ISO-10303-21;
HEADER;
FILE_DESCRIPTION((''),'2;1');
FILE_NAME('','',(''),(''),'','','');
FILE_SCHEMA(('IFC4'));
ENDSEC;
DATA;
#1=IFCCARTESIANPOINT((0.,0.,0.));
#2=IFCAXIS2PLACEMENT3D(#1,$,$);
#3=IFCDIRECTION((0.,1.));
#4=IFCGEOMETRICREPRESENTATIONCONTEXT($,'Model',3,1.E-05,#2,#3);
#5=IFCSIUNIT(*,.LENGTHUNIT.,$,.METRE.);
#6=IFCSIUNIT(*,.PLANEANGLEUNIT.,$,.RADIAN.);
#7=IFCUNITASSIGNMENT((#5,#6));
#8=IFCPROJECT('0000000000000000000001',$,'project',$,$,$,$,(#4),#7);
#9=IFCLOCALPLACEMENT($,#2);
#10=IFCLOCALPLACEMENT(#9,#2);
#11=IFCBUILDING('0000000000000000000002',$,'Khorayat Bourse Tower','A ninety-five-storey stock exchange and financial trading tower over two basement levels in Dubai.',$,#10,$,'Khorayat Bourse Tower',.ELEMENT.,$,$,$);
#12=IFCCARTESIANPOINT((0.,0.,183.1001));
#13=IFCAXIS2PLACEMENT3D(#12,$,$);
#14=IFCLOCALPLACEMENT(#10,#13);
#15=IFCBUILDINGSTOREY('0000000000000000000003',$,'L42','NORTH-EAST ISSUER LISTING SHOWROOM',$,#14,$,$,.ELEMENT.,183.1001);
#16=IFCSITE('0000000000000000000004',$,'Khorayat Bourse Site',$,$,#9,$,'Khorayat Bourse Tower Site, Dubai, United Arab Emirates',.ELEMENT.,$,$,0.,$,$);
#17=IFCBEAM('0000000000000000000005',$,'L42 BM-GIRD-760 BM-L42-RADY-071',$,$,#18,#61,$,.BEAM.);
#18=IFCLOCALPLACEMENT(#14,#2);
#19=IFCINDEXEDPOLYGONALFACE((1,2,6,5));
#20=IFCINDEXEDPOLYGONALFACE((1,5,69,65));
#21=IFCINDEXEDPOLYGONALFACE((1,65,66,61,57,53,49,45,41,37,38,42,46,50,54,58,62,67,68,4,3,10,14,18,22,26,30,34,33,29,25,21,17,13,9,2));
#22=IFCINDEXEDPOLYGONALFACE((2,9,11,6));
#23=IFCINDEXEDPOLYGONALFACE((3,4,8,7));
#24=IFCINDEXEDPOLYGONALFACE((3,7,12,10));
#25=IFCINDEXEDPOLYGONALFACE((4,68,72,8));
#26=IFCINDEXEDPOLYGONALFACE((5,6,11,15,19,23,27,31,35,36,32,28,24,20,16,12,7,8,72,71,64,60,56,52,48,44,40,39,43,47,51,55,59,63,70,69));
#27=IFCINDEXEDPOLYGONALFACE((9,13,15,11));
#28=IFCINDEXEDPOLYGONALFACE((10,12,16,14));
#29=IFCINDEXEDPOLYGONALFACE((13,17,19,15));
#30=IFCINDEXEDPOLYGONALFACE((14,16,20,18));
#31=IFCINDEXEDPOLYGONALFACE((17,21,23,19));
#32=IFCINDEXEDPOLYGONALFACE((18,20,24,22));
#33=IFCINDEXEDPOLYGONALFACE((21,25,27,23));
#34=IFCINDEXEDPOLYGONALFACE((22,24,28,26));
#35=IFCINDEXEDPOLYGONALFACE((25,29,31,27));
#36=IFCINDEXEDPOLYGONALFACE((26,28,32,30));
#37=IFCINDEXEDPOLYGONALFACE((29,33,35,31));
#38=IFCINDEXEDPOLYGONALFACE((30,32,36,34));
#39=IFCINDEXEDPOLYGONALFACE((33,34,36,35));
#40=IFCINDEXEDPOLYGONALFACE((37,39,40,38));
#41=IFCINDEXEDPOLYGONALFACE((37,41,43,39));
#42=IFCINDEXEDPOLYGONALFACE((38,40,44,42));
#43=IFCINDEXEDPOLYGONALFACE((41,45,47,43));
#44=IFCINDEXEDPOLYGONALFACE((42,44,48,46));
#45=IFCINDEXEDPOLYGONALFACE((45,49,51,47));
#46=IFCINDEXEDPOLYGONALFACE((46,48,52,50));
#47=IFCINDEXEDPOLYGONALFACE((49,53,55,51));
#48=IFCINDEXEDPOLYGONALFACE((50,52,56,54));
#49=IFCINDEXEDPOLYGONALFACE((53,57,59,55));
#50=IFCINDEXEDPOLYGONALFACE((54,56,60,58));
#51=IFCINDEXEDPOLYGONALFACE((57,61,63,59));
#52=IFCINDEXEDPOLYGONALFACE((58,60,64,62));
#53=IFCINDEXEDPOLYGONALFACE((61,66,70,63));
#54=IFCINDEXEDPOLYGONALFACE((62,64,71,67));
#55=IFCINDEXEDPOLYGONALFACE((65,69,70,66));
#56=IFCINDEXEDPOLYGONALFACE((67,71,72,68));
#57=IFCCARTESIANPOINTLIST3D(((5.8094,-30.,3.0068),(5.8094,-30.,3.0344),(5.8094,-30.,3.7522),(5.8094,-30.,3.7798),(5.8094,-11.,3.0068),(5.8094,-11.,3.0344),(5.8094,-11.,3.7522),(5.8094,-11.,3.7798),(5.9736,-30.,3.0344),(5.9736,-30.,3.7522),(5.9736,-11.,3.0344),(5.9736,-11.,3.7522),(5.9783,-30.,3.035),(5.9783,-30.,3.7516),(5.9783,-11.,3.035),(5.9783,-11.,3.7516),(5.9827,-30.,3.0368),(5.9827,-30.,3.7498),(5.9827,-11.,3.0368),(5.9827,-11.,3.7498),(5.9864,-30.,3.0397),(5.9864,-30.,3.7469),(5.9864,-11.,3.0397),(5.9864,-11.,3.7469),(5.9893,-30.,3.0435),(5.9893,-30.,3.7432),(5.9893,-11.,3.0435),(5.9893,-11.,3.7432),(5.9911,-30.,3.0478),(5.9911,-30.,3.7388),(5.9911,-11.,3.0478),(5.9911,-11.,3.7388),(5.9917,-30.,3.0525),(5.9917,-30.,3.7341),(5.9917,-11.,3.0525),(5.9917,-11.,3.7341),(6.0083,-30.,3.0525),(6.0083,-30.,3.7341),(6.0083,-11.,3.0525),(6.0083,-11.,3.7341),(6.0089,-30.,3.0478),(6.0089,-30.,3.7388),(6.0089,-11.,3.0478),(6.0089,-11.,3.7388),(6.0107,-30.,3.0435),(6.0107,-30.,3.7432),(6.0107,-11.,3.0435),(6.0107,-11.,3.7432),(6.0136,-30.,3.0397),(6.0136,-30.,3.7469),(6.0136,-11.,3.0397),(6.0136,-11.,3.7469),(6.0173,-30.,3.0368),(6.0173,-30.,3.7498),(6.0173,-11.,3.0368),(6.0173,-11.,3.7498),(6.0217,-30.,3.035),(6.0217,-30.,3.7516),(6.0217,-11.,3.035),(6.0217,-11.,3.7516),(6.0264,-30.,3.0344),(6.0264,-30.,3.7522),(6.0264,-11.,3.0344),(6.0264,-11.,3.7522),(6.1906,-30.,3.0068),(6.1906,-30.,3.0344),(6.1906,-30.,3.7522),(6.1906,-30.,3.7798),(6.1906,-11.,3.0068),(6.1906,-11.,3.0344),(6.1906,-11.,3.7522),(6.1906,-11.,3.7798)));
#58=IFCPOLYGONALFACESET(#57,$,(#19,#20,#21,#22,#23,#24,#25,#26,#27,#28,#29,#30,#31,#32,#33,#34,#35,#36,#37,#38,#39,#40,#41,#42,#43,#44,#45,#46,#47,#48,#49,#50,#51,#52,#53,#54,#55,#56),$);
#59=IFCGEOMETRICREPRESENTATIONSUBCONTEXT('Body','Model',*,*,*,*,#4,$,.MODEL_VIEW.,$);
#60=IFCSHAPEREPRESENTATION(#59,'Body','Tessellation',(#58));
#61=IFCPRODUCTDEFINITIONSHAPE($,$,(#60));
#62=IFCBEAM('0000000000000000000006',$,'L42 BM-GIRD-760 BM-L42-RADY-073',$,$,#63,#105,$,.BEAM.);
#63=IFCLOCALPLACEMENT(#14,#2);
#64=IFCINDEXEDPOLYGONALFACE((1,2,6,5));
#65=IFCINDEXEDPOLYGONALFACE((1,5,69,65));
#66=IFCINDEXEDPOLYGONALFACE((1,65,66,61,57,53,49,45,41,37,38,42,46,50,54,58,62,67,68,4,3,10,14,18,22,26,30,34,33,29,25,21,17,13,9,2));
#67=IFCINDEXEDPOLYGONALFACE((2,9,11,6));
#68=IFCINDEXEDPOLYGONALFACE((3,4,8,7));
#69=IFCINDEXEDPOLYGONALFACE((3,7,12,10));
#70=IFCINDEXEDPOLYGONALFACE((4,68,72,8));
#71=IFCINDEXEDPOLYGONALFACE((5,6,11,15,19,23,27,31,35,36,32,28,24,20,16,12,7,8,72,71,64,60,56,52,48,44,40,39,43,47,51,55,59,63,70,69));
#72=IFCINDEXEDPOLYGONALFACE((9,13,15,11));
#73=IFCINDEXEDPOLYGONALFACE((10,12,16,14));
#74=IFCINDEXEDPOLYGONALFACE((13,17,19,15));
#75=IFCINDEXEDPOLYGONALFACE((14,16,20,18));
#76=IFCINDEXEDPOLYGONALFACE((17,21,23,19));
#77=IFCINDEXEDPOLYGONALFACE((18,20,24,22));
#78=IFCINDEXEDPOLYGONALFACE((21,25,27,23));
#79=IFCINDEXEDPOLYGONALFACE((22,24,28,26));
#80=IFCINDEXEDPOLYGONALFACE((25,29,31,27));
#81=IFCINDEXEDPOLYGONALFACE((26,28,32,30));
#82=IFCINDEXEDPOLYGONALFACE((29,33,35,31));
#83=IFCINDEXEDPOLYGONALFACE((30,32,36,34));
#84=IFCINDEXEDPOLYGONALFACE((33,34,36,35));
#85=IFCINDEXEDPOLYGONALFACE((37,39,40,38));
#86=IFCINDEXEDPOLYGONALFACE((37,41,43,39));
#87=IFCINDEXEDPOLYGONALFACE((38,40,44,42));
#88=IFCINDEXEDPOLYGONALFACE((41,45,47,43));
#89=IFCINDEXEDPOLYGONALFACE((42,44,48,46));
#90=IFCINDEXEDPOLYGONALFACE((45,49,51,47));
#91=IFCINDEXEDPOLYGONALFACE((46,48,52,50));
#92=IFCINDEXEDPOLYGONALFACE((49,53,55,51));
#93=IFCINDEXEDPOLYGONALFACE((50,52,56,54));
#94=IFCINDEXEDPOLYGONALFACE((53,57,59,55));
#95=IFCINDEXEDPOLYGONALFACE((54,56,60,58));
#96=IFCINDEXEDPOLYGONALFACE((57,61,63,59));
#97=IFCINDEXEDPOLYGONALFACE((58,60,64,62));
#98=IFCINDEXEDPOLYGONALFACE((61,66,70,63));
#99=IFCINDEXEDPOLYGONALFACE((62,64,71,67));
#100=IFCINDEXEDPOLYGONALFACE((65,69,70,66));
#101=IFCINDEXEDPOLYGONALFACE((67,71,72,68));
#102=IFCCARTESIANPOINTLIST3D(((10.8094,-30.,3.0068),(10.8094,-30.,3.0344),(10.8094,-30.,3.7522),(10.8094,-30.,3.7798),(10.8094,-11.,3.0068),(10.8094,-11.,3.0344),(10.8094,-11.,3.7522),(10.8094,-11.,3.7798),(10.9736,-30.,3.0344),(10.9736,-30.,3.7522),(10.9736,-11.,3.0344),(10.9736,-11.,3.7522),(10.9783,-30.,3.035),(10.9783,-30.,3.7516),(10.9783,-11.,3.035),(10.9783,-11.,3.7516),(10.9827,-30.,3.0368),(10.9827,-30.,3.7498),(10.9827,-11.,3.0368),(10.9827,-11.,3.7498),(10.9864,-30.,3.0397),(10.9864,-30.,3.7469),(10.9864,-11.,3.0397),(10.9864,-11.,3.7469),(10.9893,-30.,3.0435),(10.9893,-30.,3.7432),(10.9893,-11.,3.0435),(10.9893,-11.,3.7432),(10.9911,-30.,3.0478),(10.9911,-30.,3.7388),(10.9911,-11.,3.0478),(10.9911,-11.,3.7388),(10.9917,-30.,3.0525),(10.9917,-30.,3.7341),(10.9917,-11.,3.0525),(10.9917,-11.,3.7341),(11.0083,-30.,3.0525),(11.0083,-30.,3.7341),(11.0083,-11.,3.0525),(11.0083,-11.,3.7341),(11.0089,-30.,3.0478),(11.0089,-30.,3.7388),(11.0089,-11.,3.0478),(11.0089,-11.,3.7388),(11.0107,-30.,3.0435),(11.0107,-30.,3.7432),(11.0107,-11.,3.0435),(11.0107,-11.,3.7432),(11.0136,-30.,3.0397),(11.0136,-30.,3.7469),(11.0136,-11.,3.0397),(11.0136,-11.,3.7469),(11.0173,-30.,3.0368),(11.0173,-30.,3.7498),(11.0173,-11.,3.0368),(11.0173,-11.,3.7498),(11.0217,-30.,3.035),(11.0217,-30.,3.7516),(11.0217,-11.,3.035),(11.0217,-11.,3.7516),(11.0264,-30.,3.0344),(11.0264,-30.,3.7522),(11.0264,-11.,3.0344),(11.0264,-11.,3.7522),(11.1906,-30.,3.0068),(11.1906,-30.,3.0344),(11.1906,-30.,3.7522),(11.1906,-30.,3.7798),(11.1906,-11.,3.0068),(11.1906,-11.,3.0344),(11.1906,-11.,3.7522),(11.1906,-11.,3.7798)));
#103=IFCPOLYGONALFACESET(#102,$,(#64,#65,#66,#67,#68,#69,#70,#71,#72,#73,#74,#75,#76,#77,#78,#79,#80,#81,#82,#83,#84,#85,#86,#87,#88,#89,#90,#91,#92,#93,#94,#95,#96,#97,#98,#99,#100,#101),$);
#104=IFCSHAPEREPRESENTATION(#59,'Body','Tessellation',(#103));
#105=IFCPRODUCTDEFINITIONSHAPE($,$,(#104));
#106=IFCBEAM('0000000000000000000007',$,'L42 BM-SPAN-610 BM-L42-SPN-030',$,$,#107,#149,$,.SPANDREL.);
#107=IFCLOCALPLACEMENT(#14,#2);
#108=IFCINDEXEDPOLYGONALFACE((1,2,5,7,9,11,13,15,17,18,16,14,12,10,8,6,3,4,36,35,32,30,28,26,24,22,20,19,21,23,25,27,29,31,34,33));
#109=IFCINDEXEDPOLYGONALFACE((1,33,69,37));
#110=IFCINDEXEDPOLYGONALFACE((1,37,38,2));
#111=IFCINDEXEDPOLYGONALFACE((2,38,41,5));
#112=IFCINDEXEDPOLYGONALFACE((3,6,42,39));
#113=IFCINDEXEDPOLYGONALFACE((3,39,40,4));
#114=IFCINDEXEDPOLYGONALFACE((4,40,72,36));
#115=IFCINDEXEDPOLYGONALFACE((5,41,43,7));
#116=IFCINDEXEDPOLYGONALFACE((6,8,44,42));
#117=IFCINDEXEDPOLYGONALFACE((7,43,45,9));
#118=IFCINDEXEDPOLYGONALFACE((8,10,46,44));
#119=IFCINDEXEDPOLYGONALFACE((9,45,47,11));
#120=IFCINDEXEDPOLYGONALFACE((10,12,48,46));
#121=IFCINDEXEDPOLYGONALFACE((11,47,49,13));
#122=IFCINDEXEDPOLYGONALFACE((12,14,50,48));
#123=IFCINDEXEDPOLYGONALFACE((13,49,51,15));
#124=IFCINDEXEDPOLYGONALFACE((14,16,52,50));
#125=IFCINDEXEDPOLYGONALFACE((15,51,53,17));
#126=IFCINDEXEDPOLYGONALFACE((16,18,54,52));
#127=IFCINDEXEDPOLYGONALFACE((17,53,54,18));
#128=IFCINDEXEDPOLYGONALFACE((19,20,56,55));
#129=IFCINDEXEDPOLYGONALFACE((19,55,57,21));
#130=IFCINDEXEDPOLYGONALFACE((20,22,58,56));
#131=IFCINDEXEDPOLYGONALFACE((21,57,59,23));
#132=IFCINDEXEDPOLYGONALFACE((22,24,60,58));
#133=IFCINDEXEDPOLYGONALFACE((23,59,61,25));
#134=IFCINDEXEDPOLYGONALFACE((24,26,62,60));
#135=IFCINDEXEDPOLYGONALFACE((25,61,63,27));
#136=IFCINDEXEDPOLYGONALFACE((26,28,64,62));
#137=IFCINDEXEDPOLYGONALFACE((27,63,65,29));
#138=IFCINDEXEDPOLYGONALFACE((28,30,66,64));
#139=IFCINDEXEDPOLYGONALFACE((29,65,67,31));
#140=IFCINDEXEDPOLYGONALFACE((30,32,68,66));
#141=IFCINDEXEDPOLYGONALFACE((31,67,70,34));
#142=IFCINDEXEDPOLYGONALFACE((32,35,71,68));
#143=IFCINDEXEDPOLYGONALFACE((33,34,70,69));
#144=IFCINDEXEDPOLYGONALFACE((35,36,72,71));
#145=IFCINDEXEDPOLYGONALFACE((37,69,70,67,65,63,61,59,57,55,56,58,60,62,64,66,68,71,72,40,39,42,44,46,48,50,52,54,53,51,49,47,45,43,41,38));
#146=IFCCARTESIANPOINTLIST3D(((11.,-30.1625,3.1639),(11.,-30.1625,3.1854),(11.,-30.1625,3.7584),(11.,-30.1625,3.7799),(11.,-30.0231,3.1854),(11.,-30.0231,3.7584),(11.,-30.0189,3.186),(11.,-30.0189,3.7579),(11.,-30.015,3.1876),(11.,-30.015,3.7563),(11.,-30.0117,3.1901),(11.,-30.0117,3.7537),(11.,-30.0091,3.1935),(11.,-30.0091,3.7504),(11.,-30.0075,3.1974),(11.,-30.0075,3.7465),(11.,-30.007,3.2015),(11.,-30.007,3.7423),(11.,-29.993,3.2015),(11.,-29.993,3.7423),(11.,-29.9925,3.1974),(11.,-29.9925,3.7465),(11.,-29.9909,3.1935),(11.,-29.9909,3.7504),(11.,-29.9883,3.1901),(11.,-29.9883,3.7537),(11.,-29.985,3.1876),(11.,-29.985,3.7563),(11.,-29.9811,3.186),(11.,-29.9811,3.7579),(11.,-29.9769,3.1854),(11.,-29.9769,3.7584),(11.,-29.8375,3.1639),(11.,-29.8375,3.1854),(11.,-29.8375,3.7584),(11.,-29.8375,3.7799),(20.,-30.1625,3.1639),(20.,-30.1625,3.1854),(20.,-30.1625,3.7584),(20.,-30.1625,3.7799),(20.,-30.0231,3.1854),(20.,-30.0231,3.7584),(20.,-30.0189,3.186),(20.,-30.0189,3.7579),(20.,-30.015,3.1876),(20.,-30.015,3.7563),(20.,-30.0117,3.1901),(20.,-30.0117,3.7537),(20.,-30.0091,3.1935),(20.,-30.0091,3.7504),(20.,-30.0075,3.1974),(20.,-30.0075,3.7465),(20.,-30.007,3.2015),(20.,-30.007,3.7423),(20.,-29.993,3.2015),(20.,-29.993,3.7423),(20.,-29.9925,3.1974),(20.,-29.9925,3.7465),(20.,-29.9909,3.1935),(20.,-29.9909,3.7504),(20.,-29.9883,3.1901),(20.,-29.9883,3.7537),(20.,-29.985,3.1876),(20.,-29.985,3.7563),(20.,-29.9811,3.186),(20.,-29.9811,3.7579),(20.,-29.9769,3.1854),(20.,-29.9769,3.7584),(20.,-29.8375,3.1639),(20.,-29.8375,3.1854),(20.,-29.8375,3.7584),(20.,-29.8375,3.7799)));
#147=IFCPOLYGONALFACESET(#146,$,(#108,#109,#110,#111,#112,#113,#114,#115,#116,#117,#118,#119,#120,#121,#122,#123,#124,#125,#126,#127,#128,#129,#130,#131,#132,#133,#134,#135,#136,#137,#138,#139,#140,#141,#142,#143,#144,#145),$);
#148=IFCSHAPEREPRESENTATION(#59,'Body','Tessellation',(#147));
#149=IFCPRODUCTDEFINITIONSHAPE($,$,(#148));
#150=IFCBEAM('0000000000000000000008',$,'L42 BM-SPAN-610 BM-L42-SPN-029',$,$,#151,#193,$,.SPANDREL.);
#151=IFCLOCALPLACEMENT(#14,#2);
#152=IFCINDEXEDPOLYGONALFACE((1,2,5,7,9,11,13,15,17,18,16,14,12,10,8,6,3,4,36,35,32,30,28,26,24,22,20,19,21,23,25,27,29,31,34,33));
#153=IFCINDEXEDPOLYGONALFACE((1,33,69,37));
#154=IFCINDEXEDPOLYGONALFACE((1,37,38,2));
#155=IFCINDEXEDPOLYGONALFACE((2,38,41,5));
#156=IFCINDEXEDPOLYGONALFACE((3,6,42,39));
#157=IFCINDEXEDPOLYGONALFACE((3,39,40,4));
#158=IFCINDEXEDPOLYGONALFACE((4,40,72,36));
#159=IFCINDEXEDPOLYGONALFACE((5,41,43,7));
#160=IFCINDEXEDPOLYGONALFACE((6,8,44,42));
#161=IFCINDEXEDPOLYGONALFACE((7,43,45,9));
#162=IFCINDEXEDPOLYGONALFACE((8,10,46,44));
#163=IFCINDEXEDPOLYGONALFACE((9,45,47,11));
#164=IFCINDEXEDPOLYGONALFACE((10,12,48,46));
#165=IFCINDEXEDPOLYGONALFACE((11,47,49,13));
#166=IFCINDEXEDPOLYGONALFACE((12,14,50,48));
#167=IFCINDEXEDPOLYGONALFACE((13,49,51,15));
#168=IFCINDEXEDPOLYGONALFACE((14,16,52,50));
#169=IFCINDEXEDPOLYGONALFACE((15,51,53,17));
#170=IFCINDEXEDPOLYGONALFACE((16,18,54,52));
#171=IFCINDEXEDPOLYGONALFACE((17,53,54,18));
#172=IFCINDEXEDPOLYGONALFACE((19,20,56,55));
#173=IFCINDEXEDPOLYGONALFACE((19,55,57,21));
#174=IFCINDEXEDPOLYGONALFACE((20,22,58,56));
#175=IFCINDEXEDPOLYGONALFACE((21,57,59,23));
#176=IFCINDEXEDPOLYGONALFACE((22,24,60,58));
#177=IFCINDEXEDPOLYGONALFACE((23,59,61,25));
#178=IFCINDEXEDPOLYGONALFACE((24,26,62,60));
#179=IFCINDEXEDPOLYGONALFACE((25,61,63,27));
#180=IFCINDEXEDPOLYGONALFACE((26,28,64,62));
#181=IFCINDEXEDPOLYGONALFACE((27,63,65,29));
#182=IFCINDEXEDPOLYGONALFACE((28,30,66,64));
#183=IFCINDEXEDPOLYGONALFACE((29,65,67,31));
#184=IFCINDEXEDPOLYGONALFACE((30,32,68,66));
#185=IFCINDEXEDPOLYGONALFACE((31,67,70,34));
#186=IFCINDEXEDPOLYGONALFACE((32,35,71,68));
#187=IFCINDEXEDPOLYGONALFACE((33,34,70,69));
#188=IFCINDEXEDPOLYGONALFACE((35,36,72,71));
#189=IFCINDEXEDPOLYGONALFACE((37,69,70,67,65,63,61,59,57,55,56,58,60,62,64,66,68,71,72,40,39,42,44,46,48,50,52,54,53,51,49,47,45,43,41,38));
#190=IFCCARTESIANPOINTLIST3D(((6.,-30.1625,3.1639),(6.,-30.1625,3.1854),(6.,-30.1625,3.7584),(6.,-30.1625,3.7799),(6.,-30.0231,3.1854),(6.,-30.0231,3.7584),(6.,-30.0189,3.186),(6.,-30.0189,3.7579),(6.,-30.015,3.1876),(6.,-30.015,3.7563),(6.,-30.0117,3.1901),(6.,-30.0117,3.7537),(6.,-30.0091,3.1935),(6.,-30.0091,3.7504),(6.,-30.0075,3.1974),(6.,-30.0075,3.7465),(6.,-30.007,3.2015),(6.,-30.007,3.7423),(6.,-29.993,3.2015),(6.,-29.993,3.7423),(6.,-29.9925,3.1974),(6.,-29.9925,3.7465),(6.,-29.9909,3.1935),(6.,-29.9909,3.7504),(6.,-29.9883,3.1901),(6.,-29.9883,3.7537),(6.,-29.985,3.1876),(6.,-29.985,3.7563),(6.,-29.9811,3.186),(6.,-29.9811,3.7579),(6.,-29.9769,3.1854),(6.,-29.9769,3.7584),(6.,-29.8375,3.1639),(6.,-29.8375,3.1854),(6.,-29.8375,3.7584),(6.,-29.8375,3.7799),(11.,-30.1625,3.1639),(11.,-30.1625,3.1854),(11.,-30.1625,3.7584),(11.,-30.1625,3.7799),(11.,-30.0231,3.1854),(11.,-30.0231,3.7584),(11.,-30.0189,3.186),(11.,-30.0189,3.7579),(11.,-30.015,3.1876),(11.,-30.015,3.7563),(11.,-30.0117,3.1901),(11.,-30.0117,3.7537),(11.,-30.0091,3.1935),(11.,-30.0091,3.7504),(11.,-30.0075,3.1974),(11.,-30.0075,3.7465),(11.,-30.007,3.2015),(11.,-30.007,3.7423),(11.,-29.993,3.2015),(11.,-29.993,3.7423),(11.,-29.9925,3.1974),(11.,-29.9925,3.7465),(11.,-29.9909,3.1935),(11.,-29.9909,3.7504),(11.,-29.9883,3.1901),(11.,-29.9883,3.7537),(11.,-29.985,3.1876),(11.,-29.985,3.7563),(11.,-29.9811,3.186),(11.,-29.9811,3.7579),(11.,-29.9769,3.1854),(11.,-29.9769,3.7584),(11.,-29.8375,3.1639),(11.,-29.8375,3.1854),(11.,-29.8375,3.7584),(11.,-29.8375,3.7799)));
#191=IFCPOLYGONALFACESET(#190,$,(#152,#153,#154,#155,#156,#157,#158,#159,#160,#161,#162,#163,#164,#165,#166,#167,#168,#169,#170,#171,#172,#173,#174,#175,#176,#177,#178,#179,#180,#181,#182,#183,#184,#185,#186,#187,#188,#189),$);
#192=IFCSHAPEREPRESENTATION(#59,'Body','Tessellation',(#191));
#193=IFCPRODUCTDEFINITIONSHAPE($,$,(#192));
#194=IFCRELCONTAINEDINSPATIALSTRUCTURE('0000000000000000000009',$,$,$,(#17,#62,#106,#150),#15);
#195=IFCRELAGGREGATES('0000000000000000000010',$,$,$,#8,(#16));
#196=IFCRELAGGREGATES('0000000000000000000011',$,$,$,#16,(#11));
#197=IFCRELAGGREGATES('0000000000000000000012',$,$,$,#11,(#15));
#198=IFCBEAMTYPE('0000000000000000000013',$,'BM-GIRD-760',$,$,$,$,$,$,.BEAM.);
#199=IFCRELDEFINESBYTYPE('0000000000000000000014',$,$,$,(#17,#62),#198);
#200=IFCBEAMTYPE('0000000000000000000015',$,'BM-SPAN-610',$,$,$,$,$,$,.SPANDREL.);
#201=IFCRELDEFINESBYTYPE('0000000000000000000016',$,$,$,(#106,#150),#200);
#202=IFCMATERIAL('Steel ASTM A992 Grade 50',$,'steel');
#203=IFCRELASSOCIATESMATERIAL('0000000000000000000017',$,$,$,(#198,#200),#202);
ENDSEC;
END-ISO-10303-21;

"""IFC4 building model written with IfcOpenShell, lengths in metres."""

from ifc_helpers import new_model, si_unit, direction, frame, origin, origin_2d, place, context, subcontext, project, spatial, i_section, extrude, source, transform, mapped, material, material_profile, profile_set, type_object, element, save


model = new_model("IFC4")

# Units and contexts
model_context = context("Model", 3, precision=1e-05, world=origin(), true_north=direction((0.0, 1.0)))
body_context = subcontext(model_context, "Body", "Model", "MODEL_VIEW")
ifc_project = project(units=[si_unit("LENGTHUNIT", "METRE"), si_unit("PLANEANGLEUNIT", "RADIAN")], contexts=[model_context])

# Site, building, storey
site_placement = place(None, origin())
site = spatial("IfcSite", under=ifc_project, at=site_placement, Name="Khorayat Bourse Site", LongName="Khorayat Bourse Tower Site, Dubai, United Arab Emirates", CompositionType="ELEMENT", RefElevation=0.0)
building_placement = place(site_placement, origin())
building = spatial("IfcBuilding", under=site, at=building_placement, Name="Khorayat Bourse Tower", Description="A ninety-five-storey stock exchange and financial trading tower over two basement levels in Dubai.", LongName="Khorayat Bourse Tower", CompositionType="ELEMENT")
storey_placement = place(building_placement, frame((0.0, 0.0, 183.1001)))
storey = spatial("IfcBuildingStorey", under=building, at=storey_placement, Name="L42", Description="NORTH-EAST ISSUER LISTING SHOWROOM", CompositionType="ELEMENT", Elevation=183.1001)

# Beams
ifc_material_1 = material(Name="Steel ASTM A992 Grade 50", Category="steel")
ifc_material_profile_1 = material_profile(ifc_material_1, i_section(OverallWidth=0.3811, OverallDepth=0.7729, WebThickness=0.0166, FlangeThickness=0.0276, FilletRadius=0.0181, at=origin_2d()), Name="W760X257")
ifc_profile_set_1 = profile_set([ifc_material_profile_1], Name="Steel ASTM A992 Grade 50")
beam_type_1 = type_object("IfcBeamType", Name="BM-GIRD-760", PredefinedType="BEAM", material=ifc_profile_set_1)
shared_shape_1 = source(origin(), body_context, "Body", "SweptSolid", [
    extrude(i_section(OverallWidth=0.3811, OverallDepth=0.7729, WebThickness=0.0166, FlangeThickness=0.0276, FilletRadius=0.0181, at=origin_2d()), origin(), (0.0, 0.0, 1.0), 19.0),
])
for number, where, z_axis, x_axis, name in (
    (1, (6.0, -30.0, 3.3933), (0.0, 1.0, 0.0), (-1.0, 0.0, 0.0), "L42 BM-GIRD-760 BM-L42-RADY-071"),
    (2, (11.0, -30.0, 3.3933), (0.0, 1.0, 0.0), (-1.0, 0.0, 0.0), "L42 BM-GIRD-760 BM-L42-RADY-073"),
):
    element("IfcBeam", number, at=place(storey_placement, frame(where, z_axis=z_axis, x_axis=x_axis)), inside=storey, type_object=beam_type_1, Name=name, PredefinedType="BEAM", context=body_context, shape_type="MappedRepresentation", body=[
        mapped(shared_shape_1, transform((0.0, 0.0, 0.0), scale=1.0)),
    ])
ifc_material_profile_2 = material_profile(ifc_material_1, i_section(OverallWidth=0.325, OverallDepth=0.616, WebThickness=0.0139, FlangeThickness=0.0215, FilletRadius=0.0161, at=origin_2d()), Name="W610X174")
ifc_profile_set_2 = profile_set([ifc_material_profile_2], Name="Steel ASTM A992 Grade 50")
beam_type_2 = type_object("IfcBeamType", Name="BM-SPAN-610", PredefinedType="SPANDREL", material=ifc_profile_set_2)
shared_shape_2 = source(origin(), body_context, "Body", "SweptSolid", [
    extrude(i_section(OverallWidth=0.325, OverallDepth=0.616, WebThickness=0.0139, FlangeThickness=0.0215, FilletRadius=0.0161, at=origin_2d()), origin(), (0.0, 0.0, 1.0), 9.0),
])
beam_1_placement = place(storey_placement, frame((11.0, -30.0, 3.4719), z_axis=(1.0, 0.0, 0.0), x_axis=(0.0, 1.0, 0.0)))
element("IfcBeam", 3, at=beam_1_placement, inside=storey, type_object=beam_type_2, Name="L42 BM-SPAN-610 BM-L42-SPN-030", PredefinedType="SPANDREL", context=body_context, shape_type="MappedRepresentation", body=[
    mapped(shared_shape_2, transform((0.0, 0.0, 0.0), scale=1.0)),
])
shared_shape_3 = source(origin(), body_context, "Body", "SweptSolid", [
    extrude(i_section(OverallWidth=0.325, OverallDepth=0.616, WebThickness=0.0139, FlangeThickness=0.0215, FilletRadius=0.0161, at=origin_2d()), origin(), (0.0, 0.0, 1.0), 5.0),
])
beam_2_placement = place(storey_placement, frame((6.0, -30.0, 3.4719), z_axis=(1.0, 0.0, 0.0), x_axis=(0.0, 1.0, 0.0)))
element("IfcBeam", 4, at=beam_2_placement, inside=storey, type_object=beam_type_2, Name="L42 BM-SPAN-610 BM-L42-SPN-029", PredefinedType="SPANDREL", context=body_context, shape_type="MappedRepresentation", body=[
    mapped(shared_shape_3, transform((0.0, 0.0, 0.0), scale=1.0)),
])

save(model, "model.ifc")
